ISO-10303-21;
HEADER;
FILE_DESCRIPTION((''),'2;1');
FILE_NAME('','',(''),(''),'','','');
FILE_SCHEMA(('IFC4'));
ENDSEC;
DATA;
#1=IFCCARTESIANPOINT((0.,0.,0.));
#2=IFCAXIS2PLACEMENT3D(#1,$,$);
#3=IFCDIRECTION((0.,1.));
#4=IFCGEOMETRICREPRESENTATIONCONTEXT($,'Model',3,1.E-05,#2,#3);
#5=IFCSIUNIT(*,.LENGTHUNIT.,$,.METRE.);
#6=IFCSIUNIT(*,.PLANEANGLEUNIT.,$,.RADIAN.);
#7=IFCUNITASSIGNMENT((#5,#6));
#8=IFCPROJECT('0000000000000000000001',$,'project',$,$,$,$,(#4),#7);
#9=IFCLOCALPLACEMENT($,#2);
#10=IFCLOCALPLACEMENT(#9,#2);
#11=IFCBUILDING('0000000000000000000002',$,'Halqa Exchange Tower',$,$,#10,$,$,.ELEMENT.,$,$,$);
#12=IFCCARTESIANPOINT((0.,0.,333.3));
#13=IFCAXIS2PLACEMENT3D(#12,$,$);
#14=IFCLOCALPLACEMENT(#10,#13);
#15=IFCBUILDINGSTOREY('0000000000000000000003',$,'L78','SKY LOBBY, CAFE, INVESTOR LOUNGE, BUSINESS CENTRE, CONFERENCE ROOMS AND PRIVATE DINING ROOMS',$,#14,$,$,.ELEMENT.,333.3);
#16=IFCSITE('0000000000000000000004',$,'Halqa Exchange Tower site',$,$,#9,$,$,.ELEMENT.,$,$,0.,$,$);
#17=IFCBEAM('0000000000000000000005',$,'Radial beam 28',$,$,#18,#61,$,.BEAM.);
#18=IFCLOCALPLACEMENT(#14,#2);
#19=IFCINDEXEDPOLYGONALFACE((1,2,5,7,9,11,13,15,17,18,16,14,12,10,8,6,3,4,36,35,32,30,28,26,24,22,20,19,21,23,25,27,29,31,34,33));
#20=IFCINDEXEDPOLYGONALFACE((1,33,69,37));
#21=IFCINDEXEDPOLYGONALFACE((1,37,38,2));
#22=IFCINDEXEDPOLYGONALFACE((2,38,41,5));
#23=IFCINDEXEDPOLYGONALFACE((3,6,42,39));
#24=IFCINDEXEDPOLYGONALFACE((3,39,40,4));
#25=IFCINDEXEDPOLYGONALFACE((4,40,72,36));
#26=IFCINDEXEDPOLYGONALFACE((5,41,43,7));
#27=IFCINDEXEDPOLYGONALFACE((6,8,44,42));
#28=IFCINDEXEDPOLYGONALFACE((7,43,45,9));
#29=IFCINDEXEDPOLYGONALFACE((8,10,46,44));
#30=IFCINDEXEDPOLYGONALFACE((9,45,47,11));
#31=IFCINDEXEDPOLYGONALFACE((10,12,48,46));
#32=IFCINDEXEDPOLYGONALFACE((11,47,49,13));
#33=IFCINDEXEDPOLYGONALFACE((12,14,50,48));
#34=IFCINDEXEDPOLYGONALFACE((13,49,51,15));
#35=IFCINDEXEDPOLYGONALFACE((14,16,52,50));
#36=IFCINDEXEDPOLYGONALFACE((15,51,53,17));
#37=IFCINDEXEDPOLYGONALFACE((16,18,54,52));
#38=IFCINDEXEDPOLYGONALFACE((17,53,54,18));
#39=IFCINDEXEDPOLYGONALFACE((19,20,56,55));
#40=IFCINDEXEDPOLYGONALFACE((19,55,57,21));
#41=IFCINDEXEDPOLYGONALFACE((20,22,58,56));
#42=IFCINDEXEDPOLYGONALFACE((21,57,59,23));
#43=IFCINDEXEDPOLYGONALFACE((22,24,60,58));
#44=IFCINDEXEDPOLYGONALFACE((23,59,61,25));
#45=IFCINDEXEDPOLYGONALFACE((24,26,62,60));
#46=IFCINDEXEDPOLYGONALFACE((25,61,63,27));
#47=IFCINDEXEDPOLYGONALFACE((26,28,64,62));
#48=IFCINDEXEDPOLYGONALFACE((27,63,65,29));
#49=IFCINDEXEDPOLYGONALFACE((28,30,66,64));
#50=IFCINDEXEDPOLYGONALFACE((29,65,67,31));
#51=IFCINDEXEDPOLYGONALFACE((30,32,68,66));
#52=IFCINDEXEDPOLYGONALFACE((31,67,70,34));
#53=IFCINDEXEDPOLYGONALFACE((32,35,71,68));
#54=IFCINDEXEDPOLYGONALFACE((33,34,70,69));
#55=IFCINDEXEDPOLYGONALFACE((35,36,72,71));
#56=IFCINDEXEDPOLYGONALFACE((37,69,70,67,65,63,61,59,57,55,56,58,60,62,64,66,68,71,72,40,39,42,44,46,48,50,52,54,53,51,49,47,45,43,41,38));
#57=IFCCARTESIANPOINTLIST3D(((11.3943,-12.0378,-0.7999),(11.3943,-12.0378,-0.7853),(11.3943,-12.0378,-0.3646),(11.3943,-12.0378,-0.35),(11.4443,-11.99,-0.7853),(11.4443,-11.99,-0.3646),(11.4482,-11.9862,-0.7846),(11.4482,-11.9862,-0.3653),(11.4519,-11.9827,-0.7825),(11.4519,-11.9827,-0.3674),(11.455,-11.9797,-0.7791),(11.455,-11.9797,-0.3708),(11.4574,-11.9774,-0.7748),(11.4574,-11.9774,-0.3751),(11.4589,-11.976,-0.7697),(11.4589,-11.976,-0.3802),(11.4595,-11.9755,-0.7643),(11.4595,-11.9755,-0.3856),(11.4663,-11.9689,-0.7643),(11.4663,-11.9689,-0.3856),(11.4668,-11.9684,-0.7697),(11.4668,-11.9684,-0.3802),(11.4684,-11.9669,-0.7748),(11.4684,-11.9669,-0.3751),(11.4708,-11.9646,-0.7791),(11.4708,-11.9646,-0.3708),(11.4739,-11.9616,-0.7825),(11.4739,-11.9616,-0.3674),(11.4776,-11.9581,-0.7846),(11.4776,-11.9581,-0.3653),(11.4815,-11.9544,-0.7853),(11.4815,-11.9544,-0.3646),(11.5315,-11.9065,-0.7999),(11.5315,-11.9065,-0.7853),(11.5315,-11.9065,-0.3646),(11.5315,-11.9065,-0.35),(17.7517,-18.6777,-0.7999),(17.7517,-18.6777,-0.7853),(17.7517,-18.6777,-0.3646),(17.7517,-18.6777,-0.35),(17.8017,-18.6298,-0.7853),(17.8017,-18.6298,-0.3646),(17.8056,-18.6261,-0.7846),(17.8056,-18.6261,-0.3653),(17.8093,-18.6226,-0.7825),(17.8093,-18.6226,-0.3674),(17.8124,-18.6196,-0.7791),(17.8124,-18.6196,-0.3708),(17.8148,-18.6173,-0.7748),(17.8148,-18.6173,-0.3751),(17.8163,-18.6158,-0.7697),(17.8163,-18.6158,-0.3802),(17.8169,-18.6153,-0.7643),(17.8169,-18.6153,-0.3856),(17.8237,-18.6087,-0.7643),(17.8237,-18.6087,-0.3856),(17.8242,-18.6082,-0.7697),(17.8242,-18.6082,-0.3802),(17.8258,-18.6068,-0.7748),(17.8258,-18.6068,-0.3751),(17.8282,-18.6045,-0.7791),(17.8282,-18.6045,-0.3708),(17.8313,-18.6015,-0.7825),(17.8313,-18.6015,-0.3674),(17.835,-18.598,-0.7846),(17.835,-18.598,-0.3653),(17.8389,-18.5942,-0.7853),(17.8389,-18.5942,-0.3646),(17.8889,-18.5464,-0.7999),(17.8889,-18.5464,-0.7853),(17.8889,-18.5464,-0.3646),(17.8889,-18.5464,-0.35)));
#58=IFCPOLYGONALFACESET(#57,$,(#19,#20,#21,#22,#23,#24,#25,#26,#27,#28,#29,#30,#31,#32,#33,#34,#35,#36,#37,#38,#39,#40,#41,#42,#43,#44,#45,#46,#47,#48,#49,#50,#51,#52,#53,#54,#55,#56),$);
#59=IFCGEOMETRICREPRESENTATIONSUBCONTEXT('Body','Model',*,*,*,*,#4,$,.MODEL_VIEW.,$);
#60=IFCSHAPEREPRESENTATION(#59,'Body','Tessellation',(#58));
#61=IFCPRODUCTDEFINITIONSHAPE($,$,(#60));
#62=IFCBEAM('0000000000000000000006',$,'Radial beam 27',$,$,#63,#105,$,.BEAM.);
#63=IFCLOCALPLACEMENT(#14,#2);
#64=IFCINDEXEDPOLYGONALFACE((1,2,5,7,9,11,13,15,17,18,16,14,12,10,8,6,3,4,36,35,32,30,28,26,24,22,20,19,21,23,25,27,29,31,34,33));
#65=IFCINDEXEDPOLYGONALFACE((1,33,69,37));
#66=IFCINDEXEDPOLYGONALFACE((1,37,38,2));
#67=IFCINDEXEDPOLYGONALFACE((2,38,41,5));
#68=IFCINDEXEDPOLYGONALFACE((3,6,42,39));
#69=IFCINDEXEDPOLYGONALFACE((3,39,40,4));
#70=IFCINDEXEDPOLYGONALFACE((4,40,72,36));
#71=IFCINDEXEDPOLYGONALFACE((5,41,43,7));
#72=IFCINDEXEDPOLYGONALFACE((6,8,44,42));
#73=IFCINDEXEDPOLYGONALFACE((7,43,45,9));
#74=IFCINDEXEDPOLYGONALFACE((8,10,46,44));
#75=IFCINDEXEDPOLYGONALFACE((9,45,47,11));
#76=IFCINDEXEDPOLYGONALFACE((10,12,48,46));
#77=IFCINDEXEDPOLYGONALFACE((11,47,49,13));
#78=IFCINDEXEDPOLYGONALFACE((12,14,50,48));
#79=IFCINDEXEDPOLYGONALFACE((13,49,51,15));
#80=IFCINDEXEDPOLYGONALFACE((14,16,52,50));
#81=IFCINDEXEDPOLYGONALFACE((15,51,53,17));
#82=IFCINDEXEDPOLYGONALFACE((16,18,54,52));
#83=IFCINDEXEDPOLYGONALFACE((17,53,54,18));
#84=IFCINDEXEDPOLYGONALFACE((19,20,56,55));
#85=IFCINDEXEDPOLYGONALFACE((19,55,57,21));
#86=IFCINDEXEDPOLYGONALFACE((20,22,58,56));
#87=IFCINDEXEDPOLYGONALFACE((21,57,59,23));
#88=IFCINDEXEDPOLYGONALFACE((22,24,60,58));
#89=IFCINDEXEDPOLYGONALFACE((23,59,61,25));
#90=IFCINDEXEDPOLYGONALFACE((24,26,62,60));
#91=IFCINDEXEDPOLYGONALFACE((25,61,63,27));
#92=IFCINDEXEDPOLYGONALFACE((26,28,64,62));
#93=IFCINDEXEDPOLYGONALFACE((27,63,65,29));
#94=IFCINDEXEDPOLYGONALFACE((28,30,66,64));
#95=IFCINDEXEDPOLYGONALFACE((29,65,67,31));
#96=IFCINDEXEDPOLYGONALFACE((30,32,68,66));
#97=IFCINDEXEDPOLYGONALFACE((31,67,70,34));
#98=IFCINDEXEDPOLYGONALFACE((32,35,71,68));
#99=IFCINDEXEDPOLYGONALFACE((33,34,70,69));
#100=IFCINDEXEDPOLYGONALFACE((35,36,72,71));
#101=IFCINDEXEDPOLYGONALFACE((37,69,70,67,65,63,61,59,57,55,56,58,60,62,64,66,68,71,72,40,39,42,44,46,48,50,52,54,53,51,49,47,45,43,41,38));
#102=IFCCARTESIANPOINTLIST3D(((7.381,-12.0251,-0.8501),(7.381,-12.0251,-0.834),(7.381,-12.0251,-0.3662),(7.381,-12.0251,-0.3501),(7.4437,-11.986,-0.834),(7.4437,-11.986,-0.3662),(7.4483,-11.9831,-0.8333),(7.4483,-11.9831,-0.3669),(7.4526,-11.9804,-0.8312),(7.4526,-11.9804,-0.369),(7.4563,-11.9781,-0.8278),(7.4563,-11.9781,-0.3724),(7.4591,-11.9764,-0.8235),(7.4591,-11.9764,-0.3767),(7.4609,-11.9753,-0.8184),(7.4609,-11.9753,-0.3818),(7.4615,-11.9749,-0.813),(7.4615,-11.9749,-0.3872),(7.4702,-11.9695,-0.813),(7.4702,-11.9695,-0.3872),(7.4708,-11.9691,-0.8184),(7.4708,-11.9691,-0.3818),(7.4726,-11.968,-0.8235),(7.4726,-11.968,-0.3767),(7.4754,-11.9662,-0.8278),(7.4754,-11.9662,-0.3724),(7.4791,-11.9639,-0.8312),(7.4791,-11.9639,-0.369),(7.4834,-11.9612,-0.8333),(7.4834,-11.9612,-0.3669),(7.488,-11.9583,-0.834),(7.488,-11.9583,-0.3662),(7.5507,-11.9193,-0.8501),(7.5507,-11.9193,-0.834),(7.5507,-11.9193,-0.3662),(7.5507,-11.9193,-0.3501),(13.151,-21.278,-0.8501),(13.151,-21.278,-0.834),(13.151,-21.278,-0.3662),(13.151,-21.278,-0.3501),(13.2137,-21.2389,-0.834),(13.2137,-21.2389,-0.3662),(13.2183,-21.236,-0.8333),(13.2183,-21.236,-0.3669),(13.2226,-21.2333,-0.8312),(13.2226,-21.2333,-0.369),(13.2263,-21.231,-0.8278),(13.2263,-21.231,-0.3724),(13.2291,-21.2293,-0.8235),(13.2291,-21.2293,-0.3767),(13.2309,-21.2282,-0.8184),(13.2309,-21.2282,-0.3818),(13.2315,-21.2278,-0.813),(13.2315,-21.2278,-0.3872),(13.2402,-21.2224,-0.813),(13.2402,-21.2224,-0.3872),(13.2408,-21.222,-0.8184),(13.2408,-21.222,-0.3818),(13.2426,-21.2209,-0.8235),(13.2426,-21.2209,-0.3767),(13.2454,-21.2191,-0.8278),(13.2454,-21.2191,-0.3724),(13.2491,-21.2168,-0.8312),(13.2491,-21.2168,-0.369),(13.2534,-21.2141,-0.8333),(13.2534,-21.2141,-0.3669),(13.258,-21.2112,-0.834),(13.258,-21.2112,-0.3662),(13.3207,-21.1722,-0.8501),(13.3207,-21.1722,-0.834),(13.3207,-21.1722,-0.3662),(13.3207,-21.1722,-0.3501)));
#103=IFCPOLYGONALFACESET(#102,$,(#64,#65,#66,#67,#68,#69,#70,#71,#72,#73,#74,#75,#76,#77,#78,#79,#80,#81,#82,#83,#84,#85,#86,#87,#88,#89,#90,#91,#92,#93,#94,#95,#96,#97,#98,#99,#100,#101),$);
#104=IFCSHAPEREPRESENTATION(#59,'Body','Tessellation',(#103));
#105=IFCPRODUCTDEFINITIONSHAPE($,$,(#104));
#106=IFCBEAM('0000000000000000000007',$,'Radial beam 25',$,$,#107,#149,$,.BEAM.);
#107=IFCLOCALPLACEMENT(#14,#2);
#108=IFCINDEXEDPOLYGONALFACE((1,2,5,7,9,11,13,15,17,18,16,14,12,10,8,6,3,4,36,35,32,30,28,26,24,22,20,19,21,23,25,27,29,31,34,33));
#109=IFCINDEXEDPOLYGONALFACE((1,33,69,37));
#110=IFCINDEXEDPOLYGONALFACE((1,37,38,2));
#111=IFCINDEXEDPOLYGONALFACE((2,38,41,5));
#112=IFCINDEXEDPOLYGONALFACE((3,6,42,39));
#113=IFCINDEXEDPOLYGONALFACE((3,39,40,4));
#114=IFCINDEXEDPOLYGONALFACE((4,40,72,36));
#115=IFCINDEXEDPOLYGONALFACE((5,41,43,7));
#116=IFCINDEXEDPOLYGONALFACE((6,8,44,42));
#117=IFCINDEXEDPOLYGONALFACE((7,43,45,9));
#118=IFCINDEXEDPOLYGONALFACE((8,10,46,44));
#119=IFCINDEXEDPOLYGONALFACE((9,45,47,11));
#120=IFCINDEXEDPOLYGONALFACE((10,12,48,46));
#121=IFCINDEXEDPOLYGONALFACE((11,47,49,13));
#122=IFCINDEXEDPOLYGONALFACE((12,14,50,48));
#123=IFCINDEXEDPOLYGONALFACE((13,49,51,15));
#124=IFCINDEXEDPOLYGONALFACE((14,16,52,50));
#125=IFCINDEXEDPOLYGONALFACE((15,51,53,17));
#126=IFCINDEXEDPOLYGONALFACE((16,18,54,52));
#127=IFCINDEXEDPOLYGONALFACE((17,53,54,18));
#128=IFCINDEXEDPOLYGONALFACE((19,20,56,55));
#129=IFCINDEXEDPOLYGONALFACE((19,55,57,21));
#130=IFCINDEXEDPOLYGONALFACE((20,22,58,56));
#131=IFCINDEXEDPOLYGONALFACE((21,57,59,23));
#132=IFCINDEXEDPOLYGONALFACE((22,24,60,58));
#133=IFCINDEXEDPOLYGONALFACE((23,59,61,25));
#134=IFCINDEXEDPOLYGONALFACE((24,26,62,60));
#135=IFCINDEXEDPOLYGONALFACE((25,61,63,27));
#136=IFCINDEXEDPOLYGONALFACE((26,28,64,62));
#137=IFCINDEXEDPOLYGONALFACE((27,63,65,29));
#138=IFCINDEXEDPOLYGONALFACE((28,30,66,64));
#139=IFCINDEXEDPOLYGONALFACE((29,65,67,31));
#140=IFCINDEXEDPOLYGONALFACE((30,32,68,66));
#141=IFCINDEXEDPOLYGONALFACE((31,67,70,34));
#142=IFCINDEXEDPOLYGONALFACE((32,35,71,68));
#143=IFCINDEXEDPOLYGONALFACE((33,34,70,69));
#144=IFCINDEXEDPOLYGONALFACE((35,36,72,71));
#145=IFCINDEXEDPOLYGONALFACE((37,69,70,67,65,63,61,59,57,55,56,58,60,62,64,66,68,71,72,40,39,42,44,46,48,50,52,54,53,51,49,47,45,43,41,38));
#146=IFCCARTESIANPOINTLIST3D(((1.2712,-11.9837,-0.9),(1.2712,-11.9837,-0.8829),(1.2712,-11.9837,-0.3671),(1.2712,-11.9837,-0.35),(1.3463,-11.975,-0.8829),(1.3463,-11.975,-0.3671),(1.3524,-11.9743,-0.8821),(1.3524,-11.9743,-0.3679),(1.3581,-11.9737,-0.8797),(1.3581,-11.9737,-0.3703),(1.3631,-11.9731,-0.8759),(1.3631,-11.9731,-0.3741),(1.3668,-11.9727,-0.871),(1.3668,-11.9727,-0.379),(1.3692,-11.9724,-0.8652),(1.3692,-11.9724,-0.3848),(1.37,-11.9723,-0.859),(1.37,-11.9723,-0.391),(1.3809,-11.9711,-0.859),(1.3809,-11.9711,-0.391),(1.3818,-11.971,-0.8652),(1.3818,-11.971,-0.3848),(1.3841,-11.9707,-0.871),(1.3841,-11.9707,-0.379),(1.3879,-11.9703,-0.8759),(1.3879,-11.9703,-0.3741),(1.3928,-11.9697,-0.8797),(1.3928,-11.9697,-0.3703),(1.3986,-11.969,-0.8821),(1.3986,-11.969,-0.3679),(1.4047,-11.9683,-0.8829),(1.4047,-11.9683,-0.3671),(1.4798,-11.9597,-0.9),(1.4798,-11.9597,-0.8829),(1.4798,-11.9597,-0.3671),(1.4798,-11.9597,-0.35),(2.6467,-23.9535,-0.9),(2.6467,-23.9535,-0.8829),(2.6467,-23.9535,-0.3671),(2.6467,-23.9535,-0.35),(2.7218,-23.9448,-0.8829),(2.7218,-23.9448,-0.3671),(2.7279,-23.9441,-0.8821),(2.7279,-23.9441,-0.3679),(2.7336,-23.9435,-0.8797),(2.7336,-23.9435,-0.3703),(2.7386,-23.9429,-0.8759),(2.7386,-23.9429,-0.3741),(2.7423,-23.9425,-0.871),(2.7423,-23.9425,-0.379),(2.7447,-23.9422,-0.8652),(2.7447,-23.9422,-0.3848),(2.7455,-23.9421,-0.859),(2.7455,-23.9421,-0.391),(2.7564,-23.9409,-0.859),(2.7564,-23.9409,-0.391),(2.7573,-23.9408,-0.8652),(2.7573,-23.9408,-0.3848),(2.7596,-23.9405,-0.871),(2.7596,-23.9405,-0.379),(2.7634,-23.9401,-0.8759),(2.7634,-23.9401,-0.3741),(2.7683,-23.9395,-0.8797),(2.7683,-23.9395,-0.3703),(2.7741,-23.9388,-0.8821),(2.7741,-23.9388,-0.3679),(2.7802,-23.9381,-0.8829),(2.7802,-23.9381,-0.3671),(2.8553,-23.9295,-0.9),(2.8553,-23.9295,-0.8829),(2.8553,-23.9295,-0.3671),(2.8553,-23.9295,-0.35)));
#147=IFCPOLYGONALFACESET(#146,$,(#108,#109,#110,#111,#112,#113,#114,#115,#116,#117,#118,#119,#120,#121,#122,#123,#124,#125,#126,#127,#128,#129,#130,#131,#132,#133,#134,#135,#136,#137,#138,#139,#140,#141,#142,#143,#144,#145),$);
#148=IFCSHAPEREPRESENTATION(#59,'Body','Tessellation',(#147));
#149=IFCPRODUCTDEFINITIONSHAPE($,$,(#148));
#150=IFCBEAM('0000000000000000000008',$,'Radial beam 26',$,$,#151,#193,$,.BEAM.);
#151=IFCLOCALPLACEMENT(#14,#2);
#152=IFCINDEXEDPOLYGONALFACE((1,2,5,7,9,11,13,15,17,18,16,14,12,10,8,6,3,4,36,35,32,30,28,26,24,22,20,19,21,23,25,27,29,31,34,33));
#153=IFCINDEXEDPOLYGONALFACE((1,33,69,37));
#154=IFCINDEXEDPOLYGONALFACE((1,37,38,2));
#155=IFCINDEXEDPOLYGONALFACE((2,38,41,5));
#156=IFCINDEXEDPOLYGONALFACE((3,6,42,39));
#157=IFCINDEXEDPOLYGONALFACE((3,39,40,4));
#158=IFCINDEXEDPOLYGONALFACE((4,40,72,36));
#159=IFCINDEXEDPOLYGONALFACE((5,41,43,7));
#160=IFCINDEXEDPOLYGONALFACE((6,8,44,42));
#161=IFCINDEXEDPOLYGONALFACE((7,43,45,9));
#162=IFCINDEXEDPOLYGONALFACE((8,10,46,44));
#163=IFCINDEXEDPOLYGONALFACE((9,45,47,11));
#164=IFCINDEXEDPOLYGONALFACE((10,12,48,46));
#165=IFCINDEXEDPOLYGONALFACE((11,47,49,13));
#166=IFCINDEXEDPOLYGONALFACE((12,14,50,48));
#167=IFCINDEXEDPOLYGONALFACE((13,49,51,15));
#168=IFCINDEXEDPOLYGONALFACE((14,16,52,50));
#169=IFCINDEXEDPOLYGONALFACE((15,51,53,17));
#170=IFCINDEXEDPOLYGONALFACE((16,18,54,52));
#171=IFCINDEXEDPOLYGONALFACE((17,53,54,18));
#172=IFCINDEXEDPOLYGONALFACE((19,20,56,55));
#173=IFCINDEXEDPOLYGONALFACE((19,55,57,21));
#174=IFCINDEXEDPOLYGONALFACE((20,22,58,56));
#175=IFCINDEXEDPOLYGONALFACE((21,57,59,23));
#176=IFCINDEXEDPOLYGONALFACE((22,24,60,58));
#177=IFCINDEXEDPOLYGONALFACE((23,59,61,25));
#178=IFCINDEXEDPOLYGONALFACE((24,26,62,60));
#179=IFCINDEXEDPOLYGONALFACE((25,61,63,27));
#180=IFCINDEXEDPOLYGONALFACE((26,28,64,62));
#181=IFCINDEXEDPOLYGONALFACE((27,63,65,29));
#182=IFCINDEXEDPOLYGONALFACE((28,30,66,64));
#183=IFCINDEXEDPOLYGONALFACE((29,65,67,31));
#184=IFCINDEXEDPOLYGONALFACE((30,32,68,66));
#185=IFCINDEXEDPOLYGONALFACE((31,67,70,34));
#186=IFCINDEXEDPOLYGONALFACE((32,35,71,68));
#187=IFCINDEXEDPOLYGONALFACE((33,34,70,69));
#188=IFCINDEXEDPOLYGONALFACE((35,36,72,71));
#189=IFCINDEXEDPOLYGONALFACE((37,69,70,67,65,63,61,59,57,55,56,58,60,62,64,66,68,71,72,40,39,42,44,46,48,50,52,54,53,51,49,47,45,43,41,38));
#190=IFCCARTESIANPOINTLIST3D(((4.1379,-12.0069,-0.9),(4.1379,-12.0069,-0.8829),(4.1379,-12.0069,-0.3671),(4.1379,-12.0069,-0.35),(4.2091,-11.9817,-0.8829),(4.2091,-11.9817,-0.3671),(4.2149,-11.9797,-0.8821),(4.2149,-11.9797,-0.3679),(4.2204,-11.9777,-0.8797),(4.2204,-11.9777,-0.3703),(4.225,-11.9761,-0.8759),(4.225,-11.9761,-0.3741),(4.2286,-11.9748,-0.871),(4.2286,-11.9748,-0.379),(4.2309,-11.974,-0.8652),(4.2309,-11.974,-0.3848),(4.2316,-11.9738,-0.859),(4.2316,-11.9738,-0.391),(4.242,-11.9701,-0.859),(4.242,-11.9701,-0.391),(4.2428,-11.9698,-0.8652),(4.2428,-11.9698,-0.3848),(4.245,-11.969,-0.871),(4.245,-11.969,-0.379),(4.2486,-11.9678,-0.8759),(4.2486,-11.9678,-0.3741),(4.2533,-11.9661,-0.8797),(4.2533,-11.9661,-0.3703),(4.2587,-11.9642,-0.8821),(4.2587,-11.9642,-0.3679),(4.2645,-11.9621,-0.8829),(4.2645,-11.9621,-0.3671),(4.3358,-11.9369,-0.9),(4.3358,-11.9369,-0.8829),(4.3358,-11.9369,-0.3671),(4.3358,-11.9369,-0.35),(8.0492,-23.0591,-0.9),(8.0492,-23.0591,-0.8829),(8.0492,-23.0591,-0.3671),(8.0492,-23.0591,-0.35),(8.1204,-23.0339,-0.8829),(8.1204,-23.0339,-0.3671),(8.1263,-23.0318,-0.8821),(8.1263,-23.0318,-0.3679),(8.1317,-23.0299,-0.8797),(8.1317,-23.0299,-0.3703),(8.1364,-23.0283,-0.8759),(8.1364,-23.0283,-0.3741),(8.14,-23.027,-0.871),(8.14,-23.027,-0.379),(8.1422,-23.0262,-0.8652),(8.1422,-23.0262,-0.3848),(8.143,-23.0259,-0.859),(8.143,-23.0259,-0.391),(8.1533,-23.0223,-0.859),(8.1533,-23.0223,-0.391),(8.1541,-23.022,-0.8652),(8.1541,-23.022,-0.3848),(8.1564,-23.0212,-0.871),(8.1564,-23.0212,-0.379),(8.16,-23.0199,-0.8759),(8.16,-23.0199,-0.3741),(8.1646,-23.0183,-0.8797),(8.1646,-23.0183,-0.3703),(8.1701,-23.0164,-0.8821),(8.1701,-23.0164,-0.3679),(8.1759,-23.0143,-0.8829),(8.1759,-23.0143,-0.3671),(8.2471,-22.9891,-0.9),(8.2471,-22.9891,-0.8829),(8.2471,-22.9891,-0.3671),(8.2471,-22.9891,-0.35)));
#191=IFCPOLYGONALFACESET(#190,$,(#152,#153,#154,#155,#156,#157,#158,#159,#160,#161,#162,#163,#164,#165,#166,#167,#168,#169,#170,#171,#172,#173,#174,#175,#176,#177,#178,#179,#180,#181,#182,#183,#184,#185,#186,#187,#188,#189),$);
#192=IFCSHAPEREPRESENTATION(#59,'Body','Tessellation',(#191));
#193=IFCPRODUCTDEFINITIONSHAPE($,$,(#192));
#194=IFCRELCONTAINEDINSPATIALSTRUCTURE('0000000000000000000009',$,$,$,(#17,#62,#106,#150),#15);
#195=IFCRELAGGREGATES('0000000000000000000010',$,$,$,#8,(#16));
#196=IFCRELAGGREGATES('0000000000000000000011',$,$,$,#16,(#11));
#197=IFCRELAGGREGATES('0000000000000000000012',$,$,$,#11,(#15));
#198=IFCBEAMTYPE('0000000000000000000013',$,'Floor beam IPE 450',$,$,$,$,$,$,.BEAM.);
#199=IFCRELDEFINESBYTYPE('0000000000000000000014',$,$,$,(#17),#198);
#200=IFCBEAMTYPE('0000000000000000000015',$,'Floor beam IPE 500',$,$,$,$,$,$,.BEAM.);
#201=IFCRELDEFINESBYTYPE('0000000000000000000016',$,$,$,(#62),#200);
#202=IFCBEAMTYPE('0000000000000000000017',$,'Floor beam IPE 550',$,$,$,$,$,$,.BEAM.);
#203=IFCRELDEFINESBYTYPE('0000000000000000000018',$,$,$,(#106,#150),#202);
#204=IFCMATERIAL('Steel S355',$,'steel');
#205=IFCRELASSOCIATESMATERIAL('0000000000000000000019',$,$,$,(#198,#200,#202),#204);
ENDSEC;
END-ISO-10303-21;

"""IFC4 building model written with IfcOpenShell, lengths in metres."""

from ifc_helpers import new_model, si_unit, direction, frame, origin, origin_2d, place, context, subcontext, project, spatial, i_section, extrude, material, material_profile, profile_set, type_object, element, save


model = new_model("IFC4")

# Units and contexts
model_context = context("Model", 3, precision=1e-05, world=origin(), true_north=direction((0.0, 1.0)))
body_context = subcontext(model_context, "Body", "Model", "MODEL_VIEW")
ifc_project = project(units=[si_unit("LENGTHUNIT", "METRE"), si_unit("PLANEANGLEUNIT", "RADIAN")], contexts=[model_context])

# Site, building, storey
site_placement = place(None, origin())
site = spatial("IfcSite", under=ifc_project, at=site_placement, Name="Halqa Exchange Tower site", CompositionType="ELEMENT", RefElevation=0.0)
building_placement = place(site_placement, origin())
building = spatial("IfcBuilding", under=site, at=building_placement, Name="Halqa Exchange Tower", CompositionType="ELEMENT")
storey_placement = place(building_placement, frame((0.0, 0.0, 333.3)))
storey = spatial("IfcBuildingStorey", under=building, at=storey_placement, Name="L78", Description="SKY LOBBY, CAFE, INVESTOR LOUNGE, BUSINESS CENTRE, CONFERENCE ROOMS AND PRIVATE DINING ROOMS", CompositionType="ELEMENT", Elevation=333.3)

# Beams
ifc_material_1 = material(Name="Steel S355", Category="steel")
ifc_material_profile_1 = material_profile(ifc_material_1, i_section(OverallWidth=0.1899, OverallDepth=0.45, WebThickness=0.0095, FlangeThickness=0.0146, FilletRadius=0.021, at=origin_2d()), Name="IPE 450")
ifc_profile_set_1 = profile_set([ifc_material_profile_1], Name="Steel S355")
beam_type_1 = type_object("IfcBeamType", Name="Floor beam IPE 450", PredefinedType="BEAM", material=ifc_profile_set_1)
beam_1_placement = place(storey_placement, frame((11.4629, -11.9722, -0.575), z_axis=(0.691576, -0.722304, 0.0), x_axis=(0.722304, 0.691576, 0.0)))
element("IfcBeam", 1, at=beam_1_placement, inside=storey, type_object=beam_type_1, Name="Radial beam 28", PredefinedType="BEAM", context=body_context, shape_type="SweptSolid", body=[
    extrude(i_section(OverallWidth=0.1899, OverallDepth=0.45, WebThickness=0.0095, FlangeThickness=0.0146, FilletRadius=0.021, at=origin_2d()), origin(), (0.0, 0.0, 1.0), 9.1926),
])
ifc_material_profile_2 = material_profile(ifc_material_1, i_section(OverallWidth=0.2, OverallDepth=0.5, WebThickness=0.0103, FlangeThickness=0.0161, FilletRadius=0.021, at=origin_2d()), Name="IPE 500")
ifc_profile_set_2 = profile_set([ifc_material_profile_2], Name="Steel S355")
beam_type_2 = type_object("IfcBeamType", Name="Floor beam IPE 500", PredefinedType="BEAM", material=ifc_profile_set_2)
beam_2_placement = place(storey_placement, frame((7.4658, -11.9722, -0.6001), z_axis=(0.529137, -0.848536, 0.0), x_axis=(0.848536, 0.529137, 0.0)))
element("IfcBeam", 2, at=beam_2_placement, inside=storey, type_object=beam_type_2, Name="Radial beam 27", PredefinedType="BEAM", context=body_context, shape_type="SweptSolid", body=[
    extrude(i_section(OverallWidth=0.2, OverallDepth=0.5, WebThickness=0.0103, FlangeThickness=0.0161, FilletRadius=0.021, at=origin_2d()), origin(), (0.0, 0.0, 1.0), 10.9045),
])
ifc_material_profile_3 = material_profile(ifc_material_1, i_section(OverallWidth=0.21, OverallDepth=0.55, WebThickness=0.011, FlangeThickness=0.0171, FilletRadius=0.0239, at=origin_2d()), Name="IPE 550")
ifc_profile_set_3 = profile_set([ifc_material_profile_3], Name="Steel S355")
beam_type_3 = type_object("IfcBeamType", Name="Floor beam IPE 550", PredefinedType="BEAM", material=ifc_profile_set_3)
beam_3_placement = place(storey_placement, frame((1.3755, -11.9717, -0.625), z_axis=(0.114163, -0.993462, 0.0), x_axis=(0.993462, 0.114163, 0.0)))
element("IfcBeam", 3, at=beam_3_placement, inside=storey, type_object=beam_type_3, Name="Radial beam 25", PredefinedType="BEAM", context=body_context, shape_type="SweptSolid", body=[
    extrude(i_section(OverallWidth=0.21, OverallDepth=0.55, WebThickness=0.011, FlangeThickness=0.0171, FilletRadius=0.0239, at=origin_2d()), origin(), (0.0, 0.0, 1.0), 12.0486),
])
beam_4_placement = place(storey_placement, frame((4.2368, -11.9719, -0.625), z_axis=(0.333623, -0.942707, 0.0), x_axis=(0.942707, 0.333623, 0.0)))
element("IfcBeam", 4, at=beam_4_placement, inside=storey, type_object=beam_type_3, Name="Radial beam 26", PredefinedType="BEAM", context=body_context, shape_type="SweptSolid", body=[
    extrude(i_section(OverallWidth=0.21, OverallDepth=0.55, WebThickness=0.011, FlangeThickness=0.0171, FilletRadius=0.0239, at=origin_2d()), origin(), (0.0, 0.0, 1.0), 11.7239),
])

save(model, "model.ifc")
